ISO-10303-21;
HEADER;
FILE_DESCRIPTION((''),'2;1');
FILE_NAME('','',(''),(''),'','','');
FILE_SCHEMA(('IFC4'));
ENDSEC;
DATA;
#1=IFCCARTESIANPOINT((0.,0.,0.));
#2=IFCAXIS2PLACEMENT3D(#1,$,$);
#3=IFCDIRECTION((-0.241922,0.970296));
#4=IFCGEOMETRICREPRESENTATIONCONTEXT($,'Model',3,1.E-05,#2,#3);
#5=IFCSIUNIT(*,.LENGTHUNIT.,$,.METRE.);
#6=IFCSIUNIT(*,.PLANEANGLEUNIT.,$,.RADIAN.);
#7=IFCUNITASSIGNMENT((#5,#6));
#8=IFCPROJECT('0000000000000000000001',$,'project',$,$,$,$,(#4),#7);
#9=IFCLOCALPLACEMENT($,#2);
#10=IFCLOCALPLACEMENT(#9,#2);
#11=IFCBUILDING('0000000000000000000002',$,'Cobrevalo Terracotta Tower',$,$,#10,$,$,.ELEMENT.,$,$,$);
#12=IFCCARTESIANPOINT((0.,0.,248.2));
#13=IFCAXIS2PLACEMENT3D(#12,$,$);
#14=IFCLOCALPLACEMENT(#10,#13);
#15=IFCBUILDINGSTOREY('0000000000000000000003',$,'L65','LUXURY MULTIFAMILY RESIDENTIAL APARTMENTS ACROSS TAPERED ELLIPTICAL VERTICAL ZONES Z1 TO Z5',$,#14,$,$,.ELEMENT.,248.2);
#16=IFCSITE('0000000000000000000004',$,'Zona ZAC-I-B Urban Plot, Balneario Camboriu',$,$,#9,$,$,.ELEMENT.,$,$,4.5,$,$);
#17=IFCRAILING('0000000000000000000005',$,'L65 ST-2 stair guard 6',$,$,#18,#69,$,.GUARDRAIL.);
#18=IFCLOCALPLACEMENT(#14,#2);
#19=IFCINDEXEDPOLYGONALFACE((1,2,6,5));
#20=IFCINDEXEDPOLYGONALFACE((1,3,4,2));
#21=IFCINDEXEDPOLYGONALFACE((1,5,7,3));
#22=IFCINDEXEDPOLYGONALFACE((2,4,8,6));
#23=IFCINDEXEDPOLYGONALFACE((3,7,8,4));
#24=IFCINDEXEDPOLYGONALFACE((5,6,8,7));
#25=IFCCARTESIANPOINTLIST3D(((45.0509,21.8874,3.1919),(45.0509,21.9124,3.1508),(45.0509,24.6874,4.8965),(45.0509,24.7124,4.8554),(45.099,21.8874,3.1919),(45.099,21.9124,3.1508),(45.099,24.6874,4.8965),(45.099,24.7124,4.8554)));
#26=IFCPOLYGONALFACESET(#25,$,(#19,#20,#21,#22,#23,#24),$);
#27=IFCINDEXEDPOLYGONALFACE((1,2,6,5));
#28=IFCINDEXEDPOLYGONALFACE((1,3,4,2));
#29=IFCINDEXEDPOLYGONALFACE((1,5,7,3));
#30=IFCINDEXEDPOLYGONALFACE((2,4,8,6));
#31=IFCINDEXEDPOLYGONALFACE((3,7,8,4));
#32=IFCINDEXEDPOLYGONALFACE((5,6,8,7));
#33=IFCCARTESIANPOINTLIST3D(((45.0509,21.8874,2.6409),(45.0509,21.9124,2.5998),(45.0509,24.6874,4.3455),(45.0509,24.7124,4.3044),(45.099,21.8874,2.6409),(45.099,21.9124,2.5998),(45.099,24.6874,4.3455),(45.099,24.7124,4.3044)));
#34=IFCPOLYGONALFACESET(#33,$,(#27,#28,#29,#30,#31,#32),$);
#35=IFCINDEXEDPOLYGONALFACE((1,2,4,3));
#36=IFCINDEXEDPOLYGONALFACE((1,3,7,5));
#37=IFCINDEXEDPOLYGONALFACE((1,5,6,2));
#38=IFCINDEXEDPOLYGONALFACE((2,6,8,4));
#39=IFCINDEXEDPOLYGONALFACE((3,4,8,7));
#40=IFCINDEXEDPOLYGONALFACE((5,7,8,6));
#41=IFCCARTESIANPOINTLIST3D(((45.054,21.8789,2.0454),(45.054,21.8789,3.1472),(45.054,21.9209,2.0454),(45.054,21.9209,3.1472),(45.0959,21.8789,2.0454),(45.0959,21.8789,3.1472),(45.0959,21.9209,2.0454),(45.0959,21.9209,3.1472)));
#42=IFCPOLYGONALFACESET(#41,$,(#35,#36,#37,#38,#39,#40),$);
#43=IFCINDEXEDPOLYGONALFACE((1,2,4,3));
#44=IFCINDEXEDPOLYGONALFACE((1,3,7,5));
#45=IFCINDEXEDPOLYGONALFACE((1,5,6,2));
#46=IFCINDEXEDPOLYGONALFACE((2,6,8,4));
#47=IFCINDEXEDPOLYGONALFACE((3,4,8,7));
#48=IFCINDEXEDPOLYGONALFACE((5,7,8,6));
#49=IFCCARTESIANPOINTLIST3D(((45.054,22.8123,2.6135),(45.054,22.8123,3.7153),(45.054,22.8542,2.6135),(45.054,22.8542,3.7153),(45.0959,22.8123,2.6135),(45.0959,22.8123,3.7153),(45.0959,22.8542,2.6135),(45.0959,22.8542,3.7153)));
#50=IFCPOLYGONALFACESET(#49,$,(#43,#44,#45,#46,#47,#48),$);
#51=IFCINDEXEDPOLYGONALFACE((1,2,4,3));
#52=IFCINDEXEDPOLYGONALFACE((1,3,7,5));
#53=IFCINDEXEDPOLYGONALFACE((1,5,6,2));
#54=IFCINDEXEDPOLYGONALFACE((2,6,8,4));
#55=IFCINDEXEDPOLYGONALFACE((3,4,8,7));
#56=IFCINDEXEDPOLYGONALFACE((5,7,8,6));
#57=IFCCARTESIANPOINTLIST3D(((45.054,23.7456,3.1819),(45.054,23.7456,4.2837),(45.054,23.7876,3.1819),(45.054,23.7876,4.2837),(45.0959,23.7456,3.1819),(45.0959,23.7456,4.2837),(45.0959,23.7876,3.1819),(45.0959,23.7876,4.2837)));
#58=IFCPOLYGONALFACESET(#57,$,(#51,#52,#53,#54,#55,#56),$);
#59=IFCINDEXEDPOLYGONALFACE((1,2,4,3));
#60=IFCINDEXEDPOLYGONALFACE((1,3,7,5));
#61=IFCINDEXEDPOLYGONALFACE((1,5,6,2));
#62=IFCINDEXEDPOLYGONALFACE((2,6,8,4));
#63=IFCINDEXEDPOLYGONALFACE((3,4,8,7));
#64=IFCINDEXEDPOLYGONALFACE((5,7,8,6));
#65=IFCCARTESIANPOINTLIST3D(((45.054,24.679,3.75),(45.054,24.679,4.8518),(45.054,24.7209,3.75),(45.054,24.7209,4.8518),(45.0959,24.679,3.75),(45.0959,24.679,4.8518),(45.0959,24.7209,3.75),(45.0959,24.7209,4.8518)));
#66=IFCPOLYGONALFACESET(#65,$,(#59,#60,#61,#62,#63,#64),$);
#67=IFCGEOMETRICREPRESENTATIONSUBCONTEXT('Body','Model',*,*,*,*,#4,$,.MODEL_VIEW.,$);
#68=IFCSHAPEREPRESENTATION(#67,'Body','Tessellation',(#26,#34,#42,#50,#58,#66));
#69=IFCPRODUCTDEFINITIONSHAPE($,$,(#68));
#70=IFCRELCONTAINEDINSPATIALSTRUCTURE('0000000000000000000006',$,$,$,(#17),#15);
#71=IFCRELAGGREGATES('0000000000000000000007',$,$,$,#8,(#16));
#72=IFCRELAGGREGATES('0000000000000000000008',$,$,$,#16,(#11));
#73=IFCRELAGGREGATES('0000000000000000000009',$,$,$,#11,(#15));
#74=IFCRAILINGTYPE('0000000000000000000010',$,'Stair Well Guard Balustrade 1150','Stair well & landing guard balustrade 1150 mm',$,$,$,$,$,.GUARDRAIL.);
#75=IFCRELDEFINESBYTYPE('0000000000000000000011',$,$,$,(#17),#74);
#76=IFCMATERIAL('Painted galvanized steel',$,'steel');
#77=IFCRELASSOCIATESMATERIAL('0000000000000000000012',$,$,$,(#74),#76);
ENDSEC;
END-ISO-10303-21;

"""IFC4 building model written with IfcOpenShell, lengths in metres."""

from ifc_helpers import new_model, si_unit, direction, frame, origin, origin_2d, place, context, subcontext, project, spatial, rectangle, extrude, material, type_object, element, save


model = new_model("IFC4")

# Units and contexts
model_context = context("Model", 3, precision=1e-05, world=origin(), true_north=direction((-0.241922, 0.970296)))
body_context = subcontext(model_context, "Body", "Model", "MODEL_VIEW")
ifc_project = project(units=[si_unit("LENGTHUNIT", "METRE"), si_unit("PLANEANGLEUNIT", "RADIAN")], contexts=[model_context])

# Site, building, storey
site_placement = place(None, origin())
site = spatial("IfcSite", under=ifc_project, at=site_placement, Name="Zona ZAC-I-B Urban Plot, Balneario Camboriu", CompositionType="ELEMENT", RefElevation=4.5)
building_placement = place(site_placement, origin())
building = spatial("IfcBuilding", under=site, at=building_placement, Name="Cobrevalo Terracotta Tower", CompositionType="ELEMENT")
storey_placement = place(building_placement, frame((0.0, 0.0, 248.2)))
storey = spatial("IfcBuildingStorey", under=building, at=storey_placement, Name="L65", Description="LUXURY MULTIFAMILY RESIDENTIAL APARTMENTS ACROSS TAPERED ELLIPTICAL VERTICAL ZONES Z1 TO Z5", CompositionType="ELEMENT", Elevation=248.2)

# Railing
ifc_material_1 = material(Name="Painted galvanized steel", Category="steel")
railing_type_1 = type_object("IfcRailingType", Name="Stair Well Guard Balustrade 1150", Description="Stair well & landing guard balustrade 1150 mm", PredefinedType="GUARDRAIL", material=ifc_material_1)
railing_1_placement = place(storey_placement, frame((45.075, 21.8999, 2.0454)))
element("IfcRailing", 1, at=railing_1_placement, inside=storey, type_object=railing_type_1, Name="L65 ST-2 stair guard 6", PredefinedType="GUARDRAIL", context=body_context, shape_type="SweptSolid", body=[
    extrude(rectangle(XDim=0.0481, YDim=0.0481, at=origin_2d()), frame((0.0, 0.0, 1.126), z_axis=(0.0, 0.85417, 0.519994), x_axis=(-1.0, 0.0, 0.0)), (0.0, 0.0, 1.0), 3.2781),
    extrude(rectangle(XDim=0.0481, YDim=0.0481, at=origin_2d()), frame((0.0, 0.0, 0.575), z_axis=(0.0, 0.85417, 0.519994), x_axis=(-1.0, 0.0, 0.0)), (0.0, 0.0, 1.0), 3.2781),
    extrude(rectangle(XDim=0.042, YDim=0.042, at=origin_2d()), origin(), (0.0, 0.0, 1.0), 1.1018),
    extrude(rectangle(XDim=0.042, YDim=0.042, at=origin_2d()), frame((0.0, 0.9333, 0.5681)), (0.0, 0.0, 1.0), 1.1018),
    extrude(rectangle(XDim=0.042, YDim=0.042, at=origin_2d()), frame((0.0, 1.8667, 1.1365)), (0.0, 0.0, 1.0), 1.1018),
    extrude(rectangle(XDim=0.042, YDim=0.042, at=origin_2d()), frame((0.0, 2.8, 1.7046)), (0.0, 0.0, 1.0), 1.1018),
])

save(model, "model.ifc")
